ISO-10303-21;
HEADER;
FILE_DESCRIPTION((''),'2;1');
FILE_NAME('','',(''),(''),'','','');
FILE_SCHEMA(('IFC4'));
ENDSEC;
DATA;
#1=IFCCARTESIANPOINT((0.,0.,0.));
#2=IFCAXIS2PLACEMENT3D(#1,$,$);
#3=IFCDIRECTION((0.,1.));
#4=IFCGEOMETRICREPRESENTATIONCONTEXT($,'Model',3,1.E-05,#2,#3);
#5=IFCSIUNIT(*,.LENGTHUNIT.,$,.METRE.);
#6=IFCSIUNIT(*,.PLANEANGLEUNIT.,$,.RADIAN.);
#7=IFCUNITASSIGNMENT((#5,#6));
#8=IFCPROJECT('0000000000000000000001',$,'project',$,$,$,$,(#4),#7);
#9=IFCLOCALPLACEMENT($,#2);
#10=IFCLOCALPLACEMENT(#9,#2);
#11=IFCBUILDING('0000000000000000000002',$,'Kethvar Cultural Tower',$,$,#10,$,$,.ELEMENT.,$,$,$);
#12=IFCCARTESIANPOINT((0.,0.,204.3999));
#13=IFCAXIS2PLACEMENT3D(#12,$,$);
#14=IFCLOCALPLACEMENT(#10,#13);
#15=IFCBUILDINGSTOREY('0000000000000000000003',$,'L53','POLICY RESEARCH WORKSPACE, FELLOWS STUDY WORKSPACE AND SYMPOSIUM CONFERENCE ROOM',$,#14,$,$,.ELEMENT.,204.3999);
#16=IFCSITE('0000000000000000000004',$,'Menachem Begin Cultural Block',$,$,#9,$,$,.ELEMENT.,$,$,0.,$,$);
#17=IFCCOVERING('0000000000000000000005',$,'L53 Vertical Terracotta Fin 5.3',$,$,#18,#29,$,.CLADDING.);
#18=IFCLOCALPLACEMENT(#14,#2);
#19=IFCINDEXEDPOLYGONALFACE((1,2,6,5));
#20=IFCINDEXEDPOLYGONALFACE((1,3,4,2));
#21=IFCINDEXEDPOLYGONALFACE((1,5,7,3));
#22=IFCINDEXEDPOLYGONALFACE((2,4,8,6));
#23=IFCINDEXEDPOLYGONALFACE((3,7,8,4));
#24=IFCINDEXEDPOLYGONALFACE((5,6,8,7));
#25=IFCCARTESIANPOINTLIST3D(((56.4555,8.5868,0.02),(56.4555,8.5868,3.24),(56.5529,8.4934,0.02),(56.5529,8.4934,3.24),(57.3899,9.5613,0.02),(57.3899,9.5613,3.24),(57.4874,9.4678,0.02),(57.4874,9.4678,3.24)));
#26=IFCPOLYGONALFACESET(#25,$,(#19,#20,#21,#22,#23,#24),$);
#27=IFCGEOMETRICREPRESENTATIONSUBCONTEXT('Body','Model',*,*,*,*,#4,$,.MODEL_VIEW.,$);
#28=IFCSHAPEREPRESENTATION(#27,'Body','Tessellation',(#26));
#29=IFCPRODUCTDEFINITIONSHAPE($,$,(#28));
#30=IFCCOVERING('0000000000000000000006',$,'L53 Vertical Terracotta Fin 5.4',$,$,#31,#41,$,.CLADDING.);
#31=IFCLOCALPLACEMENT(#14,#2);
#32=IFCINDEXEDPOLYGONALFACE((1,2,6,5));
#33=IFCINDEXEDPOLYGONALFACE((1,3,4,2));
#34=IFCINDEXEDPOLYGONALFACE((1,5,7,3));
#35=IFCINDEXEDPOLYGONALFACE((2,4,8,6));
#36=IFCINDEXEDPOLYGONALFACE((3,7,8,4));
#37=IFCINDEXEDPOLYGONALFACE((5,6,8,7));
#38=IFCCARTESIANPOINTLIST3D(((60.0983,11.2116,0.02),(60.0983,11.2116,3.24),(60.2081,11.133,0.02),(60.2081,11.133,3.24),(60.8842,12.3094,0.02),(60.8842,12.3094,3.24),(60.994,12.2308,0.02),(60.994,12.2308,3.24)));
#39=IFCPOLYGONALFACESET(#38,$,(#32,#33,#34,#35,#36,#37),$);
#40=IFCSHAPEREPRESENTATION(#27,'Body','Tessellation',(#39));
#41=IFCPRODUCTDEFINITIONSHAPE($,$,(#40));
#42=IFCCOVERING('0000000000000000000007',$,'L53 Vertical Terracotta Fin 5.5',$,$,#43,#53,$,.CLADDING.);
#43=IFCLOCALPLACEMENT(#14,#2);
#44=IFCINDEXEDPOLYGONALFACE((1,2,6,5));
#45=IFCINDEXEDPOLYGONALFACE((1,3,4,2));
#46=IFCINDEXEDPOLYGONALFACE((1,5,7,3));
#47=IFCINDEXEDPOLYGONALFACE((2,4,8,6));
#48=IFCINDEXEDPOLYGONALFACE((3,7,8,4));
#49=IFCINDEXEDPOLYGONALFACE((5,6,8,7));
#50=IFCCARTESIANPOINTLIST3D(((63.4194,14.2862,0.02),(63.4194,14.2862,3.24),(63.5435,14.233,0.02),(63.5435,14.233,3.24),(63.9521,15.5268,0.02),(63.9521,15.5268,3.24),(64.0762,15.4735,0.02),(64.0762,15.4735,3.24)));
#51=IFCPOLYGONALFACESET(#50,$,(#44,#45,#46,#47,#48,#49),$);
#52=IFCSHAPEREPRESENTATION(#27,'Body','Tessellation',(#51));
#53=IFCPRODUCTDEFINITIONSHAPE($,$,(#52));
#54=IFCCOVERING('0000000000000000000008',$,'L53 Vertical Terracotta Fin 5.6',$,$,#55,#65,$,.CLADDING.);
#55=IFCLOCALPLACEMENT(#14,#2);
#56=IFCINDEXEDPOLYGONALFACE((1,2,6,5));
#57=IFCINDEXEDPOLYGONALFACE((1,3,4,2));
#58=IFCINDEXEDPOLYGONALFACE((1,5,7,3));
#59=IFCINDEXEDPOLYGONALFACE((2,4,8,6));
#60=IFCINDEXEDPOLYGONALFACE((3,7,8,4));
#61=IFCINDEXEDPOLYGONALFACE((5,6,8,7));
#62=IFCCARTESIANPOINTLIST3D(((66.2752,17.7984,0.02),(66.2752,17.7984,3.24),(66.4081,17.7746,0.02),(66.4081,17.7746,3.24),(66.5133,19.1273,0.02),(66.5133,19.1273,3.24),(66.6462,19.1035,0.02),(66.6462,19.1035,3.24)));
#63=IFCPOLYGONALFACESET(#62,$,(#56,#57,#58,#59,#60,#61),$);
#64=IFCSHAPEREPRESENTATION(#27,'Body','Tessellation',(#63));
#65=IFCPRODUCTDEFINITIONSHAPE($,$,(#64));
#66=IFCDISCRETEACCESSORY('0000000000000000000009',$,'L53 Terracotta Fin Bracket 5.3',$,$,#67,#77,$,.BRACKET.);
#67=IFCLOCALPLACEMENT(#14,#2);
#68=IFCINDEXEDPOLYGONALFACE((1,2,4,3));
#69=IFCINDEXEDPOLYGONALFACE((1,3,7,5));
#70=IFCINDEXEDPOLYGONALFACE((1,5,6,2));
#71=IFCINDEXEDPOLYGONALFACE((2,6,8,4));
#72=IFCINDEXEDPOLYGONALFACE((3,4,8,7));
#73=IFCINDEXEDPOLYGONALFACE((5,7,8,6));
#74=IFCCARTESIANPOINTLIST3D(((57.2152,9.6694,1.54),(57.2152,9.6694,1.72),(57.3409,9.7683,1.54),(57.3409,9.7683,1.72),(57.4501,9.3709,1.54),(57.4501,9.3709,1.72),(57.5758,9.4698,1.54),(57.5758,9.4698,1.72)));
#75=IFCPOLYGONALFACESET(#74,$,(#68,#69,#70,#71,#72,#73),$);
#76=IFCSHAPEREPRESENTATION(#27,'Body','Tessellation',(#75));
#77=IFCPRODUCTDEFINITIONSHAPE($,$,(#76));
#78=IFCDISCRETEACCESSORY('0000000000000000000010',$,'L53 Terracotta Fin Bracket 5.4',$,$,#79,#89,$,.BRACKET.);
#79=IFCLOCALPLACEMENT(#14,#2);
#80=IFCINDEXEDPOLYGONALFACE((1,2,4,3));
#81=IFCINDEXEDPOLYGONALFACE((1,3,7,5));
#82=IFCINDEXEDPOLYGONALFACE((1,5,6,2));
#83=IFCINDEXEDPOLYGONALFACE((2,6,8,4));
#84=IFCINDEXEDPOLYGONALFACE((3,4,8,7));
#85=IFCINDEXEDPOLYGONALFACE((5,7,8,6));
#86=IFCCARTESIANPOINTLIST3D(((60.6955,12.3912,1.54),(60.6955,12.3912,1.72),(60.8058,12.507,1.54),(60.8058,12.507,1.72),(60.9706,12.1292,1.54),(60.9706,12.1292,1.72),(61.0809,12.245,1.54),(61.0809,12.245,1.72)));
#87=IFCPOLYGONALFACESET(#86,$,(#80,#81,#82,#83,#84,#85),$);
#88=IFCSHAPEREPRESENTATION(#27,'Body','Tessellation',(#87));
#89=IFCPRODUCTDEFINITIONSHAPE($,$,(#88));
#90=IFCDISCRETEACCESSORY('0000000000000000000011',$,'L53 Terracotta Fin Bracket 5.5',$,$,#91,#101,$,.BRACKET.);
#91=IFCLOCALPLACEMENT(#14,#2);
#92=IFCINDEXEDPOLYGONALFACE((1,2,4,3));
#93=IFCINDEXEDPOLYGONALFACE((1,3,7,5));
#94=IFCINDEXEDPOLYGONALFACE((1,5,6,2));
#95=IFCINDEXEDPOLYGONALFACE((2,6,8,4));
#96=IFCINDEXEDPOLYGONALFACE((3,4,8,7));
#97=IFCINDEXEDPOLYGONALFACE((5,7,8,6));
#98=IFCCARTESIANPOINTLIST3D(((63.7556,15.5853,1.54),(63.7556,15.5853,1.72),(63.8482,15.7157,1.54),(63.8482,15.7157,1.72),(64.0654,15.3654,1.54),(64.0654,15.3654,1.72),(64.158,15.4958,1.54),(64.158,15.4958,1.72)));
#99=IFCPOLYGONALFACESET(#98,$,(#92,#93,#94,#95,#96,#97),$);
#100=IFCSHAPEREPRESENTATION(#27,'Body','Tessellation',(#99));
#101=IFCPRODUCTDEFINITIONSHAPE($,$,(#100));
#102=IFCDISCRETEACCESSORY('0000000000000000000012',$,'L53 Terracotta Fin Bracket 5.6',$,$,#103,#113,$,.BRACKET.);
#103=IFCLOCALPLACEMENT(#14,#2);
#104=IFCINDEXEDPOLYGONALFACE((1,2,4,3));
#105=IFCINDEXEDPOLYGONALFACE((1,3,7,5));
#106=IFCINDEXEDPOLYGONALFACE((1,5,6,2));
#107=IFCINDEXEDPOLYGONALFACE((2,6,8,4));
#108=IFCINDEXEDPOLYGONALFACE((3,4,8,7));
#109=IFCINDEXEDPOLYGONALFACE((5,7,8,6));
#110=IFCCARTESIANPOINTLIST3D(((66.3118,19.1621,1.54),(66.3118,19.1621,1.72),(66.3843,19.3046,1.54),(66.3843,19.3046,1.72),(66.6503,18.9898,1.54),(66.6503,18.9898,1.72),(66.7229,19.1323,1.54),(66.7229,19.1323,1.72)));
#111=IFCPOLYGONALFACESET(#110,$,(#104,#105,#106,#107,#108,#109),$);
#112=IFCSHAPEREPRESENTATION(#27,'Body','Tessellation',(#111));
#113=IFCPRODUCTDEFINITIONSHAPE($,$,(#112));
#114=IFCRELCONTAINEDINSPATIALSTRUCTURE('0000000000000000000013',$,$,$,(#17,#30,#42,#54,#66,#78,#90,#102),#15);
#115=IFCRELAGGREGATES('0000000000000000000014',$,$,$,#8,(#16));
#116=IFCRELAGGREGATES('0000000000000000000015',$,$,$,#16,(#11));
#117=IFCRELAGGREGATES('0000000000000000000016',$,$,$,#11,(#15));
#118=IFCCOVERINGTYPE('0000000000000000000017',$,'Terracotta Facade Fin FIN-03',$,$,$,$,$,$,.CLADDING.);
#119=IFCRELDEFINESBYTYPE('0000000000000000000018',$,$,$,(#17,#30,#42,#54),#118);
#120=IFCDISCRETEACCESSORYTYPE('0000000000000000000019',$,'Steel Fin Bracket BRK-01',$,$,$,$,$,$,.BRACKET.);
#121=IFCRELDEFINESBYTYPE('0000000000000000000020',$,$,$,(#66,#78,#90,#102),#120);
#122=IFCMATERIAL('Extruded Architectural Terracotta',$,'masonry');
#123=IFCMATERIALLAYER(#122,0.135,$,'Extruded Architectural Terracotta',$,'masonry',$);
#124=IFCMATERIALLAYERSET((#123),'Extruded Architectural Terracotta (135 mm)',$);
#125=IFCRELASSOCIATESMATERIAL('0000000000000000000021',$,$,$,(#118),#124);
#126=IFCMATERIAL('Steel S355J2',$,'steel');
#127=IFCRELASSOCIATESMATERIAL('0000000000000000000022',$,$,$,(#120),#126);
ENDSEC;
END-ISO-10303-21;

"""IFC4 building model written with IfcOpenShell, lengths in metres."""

from ifc_helpers import new_model, si_unit, direction, frame, origin, origin_2d, place, context, subcontext, project, spatial, rectangle, extrude, source, transform, mapped, material, layer, layer_set, type_object, element, save


model = new_model("IFC4")

# Units and contexts
model_context = context("Model", 3, precision=1e-05, world=origin(), true_north=direction((0.0, 1.0)))
body_context = subcontext(model_context, "Body", "Model", "MODEL_VIEW")
ifc_project = project(units=[si_unit("LENGTHUNIT", "METRE"), si_unit("PLANEANGLEUNIT", "RADIAN")], contexts=[model_context])

# Site, building, storey
site_placement = place(None, origin())
site = spatial("IfcSite", under=ifc_project, at=site_placement, Name="Menachem Begin Cultural Block", CompositionType="ELEMENT", RefElevation=0.0)
building_placement = place(site_placement, origin())
building = spatial("IfcBuilding", under=site, at=building_placement, Name="Kethvar Cultural Tower", CompositionType="ELEMENT")
storey_placement = place(building_placement, frame((0.0, 0.0, 204.3999)))
storey = spatial("IfcBuildingStorey", under=building, at=storey_placement, Name="L53", Description="POLICY RESEARCH WORKSPACE, FELLOWS STUDY WORKSPACE AND SYMPOSIUM CONFERENCE ROOM", CompositionType="ELEMENT", Elevation=204.3999)

# Shared definitions
ifc_material_1 = material(Name="Steel S355J2", Category="steel")

# Coverings
ifc_material_2 = material(Name="Extruded Architectural Terracotta", Category="masonry")
ifc_layer_1 = layer(ifc_material_2, 0.135, Name="Extruded Architectural Terracotta", Category="masonry")
ifc_layer_set_1 = layer_set([ifc_layer_1], Name="Extruded Architectural Terracotta (135 mm)")
covering_type = type_object("IfcCoveringType", Name="Terracotta Facade Fin FIN-03", PredefinedType="CLADDING", material=ifc_layer_set_1)
shared_shape_1 = source(origin(), body_context, "Body", "SweptSolid", [
    extrude(rectangle(XDim=1.3501, YDim=0.135, at=origin_2d()), origin(), (0.0, 0.0, 1.0), 3.22),
])
for number, where, z_axis, x_axis, name in (
    (1, (56.9714, 9.0273, 0.02), (0.0, 0.0, 1.0), (-0.692143, -0.72176, 0.0), "L53 Vertical Terracotta Fin 5.3"),
    (2, (60.5461, 11.7212, 0.02), (0.0, 0.0, 1.0), (-0.582123, -0.813101, 0.0), "L53 Vertical Terracotta Fin 5.4"),
    (3, (63.7478, 14.8799, 0.02), (0.0, 0.0, 1.0), (-0.394583, -0.91886, 0.0), "L53 Vertical Terracotta Fin 5.5"),
    (4, (66.4607, 18.4509, 0.02), (0.0, 0.0, 1.0), (-0.176398, -0.984319, 0.0), "L53 Vertical Terracotta Fin 5.6"),
):
    element("IfcCovering", number, at=place(storey_placement, frame(where, z_axis=z_axis, x_axis=x_axis)), inside=storey, type_object=covering_type, Name=name, PredefinedType="CLADDING", context=body_context, shape_type="MappedRepresentation", body=[
        mapped(shared_shape_1, transform((0.0, 0.0, 0.0), scale=1.0)),
    ])

# Discrete accessories
discrete_accessory_type = type_object("IfcDiscreteAccessoryType", Name="Steel Fin Bracket BRK-01", PredefinedType="BRACKET", material=ifc_material_1)
shared_shape_2 = source(origin(), body_context, "Body", "SweptSolid", [
    extrude(rectangle(XDim=0.3799, YDim=0.1599, at=origin_2d()), origin(), (0.0, 0.0, 1.0), 0.1799),
])
for number, where, z_axis, x_axis, name in (
    (5, (57.3955, 9.5696, 1.54), (0.0, 0.0, 1.0), (0.618408, -0.785857, 0.0), "L53 Terracotta Fin Bracket 5.3"),
    (6, (60.8882, 12.3181, 1.54), (0.0, 0.0, 1.0), (0.724172, -0.68962, 0.0), "L53 Terracotta Fin Bracket 5.4"),
    (7, (63.9568, 15.5405, 1.54), (0.0, 0.0, 1.0), (0.815431, -0.578854, 0.0), "L53 Terracotta Fin Bracket 5.5"),
    (8, (66.5173, 19.1472, 1.54), (0.0, 0.0, 1.0), (0.891165, -0.453679, 0.0), "L53 Terracotta Fin Bracket 5.6"),
):
    element("IfcDiscreteAccessory", number, at=place(storey_placement, frame(where, z_axis=z_axis, x_axis=x_axis)), inside=storey, type_object=discrete_accessory_type, Name=name, PredefinedType="BRACKET", context=body_context, shape_type="MappedRepresentation", body=[
        mapped(shared_shape_2, transform((0.0, 0.0, 0.0), scale=1.0)),
    ])

save(model, "model.ifc")
